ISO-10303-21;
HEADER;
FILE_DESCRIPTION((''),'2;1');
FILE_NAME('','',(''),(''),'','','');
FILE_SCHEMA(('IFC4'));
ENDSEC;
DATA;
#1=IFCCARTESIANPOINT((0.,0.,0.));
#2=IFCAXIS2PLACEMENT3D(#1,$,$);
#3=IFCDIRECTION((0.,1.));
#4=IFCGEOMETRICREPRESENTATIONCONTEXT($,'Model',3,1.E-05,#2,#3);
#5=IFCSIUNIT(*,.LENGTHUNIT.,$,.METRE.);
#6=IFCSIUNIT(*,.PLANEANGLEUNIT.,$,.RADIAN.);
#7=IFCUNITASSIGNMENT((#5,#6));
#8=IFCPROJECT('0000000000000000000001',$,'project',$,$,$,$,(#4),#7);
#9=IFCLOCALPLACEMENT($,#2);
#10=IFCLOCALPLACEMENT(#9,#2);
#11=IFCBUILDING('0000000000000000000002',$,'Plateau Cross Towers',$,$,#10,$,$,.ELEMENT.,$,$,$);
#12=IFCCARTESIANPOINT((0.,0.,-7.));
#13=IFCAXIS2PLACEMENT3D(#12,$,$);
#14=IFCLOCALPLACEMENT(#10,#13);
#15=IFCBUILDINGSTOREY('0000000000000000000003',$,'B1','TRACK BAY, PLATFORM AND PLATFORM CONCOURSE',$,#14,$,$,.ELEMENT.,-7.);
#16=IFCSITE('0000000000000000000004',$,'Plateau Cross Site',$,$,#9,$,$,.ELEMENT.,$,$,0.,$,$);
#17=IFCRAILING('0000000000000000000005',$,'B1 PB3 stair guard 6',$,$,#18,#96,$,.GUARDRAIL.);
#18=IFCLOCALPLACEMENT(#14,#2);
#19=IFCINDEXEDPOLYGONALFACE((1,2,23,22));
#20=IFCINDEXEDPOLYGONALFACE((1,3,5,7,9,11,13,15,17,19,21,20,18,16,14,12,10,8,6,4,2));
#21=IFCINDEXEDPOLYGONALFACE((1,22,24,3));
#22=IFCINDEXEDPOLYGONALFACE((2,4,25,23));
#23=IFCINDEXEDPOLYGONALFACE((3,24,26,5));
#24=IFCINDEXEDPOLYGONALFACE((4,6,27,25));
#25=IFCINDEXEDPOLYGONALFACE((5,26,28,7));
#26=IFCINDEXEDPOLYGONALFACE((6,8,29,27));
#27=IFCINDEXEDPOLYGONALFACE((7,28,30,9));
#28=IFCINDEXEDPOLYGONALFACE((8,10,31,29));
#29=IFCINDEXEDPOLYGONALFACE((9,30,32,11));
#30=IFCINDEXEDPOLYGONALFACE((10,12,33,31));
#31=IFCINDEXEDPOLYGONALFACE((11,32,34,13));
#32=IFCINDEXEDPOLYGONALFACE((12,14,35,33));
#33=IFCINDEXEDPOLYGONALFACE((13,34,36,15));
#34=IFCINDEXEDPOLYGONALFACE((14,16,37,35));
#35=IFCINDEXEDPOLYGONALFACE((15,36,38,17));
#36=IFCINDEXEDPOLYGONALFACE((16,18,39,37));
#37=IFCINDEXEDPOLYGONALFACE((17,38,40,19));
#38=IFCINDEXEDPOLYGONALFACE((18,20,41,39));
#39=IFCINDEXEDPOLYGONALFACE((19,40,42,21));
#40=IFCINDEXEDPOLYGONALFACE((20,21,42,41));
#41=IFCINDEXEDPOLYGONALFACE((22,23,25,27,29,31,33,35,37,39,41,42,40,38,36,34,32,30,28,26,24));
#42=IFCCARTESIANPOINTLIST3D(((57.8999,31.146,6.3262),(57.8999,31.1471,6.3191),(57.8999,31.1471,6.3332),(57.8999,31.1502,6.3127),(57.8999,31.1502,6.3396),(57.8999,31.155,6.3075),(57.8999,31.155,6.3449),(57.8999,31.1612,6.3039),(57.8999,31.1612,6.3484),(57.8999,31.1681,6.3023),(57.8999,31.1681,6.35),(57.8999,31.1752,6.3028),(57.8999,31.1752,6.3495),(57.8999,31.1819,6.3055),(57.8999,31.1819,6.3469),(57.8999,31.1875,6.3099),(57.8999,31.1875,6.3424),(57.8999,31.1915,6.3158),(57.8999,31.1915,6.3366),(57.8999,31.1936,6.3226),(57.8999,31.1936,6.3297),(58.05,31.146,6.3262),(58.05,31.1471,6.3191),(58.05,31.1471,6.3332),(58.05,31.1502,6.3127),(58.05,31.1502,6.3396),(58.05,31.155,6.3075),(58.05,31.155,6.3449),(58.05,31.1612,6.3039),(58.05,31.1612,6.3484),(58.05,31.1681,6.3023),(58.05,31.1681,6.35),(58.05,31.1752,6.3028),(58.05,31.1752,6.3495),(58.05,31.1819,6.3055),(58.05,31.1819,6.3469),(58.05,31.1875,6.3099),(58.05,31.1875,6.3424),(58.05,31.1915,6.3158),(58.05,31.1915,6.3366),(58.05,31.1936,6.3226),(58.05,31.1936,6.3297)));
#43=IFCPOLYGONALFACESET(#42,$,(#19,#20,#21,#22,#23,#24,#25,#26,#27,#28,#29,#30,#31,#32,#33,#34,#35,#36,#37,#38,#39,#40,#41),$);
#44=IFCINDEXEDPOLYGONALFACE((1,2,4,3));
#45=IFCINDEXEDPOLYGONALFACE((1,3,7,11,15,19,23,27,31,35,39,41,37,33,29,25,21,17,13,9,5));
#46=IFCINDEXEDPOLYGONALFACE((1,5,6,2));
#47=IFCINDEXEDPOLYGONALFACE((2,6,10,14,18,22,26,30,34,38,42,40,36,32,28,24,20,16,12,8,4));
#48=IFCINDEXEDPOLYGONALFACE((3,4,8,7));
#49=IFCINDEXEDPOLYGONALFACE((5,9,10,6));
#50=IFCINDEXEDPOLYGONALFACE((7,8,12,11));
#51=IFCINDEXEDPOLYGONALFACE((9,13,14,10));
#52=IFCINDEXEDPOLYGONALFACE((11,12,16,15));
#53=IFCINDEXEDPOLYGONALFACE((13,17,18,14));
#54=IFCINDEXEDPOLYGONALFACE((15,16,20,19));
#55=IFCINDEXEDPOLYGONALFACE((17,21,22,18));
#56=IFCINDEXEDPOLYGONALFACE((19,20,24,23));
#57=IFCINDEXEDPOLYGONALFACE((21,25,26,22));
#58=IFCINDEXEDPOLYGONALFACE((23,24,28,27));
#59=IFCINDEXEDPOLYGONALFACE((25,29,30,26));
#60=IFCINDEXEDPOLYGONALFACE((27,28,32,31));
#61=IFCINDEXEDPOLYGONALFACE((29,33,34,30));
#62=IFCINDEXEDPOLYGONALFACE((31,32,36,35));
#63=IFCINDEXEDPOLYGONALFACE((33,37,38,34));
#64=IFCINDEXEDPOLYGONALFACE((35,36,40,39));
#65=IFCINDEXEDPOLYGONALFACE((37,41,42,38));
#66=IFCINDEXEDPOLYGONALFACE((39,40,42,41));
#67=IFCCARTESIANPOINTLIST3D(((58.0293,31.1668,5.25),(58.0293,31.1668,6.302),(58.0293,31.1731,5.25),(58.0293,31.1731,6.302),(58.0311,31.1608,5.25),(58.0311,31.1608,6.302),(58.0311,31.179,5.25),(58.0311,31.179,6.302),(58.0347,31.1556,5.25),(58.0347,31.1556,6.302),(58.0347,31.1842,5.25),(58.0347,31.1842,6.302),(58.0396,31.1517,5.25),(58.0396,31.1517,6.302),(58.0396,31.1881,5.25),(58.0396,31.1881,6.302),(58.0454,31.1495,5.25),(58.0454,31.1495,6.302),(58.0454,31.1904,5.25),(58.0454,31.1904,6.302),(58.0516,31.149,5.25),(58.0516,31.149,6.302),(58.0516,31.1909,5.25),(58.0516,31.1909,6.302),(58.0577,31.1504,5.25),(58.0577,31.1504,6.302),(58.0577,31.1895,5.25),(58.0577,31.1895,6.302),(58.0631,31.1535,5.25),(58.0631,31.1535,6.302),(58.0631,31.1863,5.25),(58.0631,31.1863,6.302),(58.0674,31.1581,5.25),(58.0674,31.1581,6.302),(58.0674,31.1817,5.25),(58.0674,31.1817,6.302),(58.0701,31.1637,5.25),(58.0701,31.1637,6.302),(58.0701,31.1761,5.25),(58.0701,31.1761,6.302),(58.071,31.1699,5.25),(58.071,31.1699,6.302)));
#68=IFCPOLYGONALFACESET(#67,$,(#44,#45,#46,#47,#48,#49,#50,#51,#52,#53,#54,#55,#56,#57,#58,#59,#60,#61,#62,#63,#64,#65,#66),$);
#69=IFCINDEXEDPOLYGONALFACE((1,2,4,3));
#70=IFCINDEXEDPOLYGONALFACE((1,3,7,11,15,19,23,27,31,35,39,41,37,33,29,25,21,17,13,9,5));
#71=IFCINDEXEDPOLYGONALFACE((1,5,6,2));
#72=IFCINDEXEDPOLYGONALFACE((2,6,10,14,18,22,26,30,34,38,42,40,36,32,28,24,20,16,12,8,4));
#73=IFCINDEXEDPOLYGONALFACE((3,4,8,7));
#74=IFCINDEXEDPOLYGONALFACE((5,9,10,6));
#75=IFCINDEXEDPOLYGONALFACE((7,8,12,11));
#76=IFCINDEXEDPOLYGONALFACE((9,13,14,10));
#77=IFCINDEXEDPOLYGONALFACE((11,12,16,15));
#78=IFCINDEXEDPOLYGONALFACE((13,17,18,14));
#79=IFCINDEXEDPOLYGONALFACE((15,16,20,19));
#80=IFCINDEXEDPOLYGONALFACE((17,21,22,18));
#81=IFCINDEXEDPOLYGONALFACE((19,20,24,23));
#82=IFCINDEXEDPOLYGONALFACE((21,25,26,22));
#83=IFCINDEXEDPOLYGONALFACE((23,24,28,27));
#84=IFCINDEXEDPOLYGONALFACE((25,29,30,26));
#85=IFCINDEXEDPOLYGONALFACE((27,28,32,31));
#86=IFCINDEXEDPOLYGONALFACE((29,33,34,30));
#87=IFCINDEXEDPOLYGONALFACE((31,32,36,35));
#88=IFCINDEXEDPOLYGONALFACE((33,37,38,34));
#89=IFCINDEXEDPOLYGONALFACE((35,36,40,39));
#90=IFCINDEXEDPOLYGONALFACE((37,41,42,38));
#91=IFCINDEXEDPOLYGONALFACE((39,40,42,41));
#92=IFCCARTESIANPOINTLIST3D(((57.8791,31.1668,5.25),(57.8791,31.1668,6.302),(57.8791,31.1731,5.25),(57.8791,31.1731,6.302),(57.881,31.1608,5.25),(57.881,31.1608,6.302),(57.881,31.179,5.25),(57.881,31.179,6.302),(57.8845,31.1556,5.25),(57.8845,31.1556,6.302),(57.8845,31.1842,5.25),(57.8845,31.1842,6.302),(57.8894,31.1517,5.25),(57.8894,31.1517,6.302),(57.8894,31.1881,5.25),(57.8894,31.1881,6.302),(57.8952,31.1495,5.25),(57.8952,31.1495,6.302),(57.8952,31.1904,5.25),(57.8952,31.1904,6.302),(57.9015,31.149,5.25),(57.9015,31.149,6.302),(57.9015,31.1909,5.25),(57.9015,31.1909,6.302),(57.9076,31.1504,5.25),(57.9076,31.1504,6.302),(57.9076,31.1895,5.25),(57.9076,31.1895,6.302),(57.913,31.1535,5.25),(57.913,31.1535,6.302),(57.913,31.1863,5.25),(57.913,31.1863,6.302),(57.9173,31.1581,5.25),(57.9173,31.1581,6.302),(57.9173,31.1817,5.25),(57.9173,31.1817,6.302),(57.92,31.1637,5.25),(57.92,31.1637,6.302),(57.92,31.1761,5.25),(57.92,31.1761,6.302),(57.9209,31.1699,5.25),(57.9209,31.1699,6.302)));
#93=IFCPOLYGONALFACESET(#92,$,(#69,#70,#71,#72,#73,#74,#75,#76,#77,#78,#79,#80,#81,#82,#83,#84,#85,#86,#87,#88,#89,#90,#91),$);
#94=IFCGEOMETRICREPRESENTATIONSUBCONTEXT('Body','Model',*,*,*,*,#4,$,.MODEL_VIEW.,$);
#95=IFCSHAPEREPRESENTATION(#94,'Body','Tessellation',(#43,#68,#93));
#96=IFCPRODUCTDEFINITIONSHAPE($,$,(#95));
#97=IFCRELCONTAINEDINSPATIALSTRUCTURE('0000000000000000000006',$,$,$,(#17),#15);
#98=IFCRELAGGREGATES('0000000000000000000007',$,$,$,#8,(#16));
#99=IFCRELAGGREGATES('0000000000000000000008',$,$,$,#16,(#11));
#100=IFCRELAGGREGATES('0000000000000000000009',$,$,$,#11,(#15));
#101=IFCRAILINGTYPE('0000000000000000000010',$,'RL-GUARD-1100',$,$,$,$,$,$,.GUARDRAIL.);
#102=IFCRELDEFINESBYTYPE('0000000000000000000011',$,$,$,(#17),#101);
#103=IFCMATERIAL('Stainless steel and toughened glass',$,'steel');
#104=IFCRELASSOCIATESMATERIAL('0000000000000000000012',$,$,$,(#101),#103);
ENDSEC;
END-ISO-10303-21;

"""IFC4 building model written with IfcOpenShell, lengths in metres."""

from ifc_helpers import new_model, si_unit, direction, frame, origin, origin_2d, place, context, subcontext, project, spatial, circle, extrude, material, type_object, element, save


model = new_model("IFC4")

# Units and contexts
model_context = context("Model", 3, precision=1e-05, world=origin(), true_north=direction((0.0, 1.0)))
body_context = subcontext(model_context, "Body", "Model", "MODEL_VIEW")
ifc_project = project(units=[si_unit("LENGTHUNIT", "METRE"), si_unit("PLANEANGLEUNIT", "RADIAN")], contexts=[model_context])

# Site, building, storey
site_placement = place(None, origin())
site = spatial("IfcSite", under=ifc_project, at=site_placement, Name="Plateau Cross Site", CompositionType="ELEMENT", RefElevation=0.0)
building_placement = place(site_placement, origin())
building = spatial("IfcBuilding", under=site, at=building_placement, Name="Plateau Cross Towers", CompositionType="ELEMENT")
storey_placement = place(building_placement, frame((0.0, 0.0, -7.0)))
storey = spatial("IfcBuildingStorey", under=building, at=storey_placement, Name="B1", Description="TRACK BAY, PLATFORM AND PLATFORM CONCOURSE", CompositionType="ELEMENT", Elevation=-7.0)

# Railing
ifc_material_1 = material(Name="Stainless steel and toughened glass", Category="steel")
railing_type_1 = type_object("IfcRailingType", Name="RL-GUARD-1100", PredefinedType="GUARDRAIL", material=ifc_material_1)
railing_1_placement = place(storey_placement, frame((58.05, 31.1699, 5.25)))
element("IfcRailing", 1, at=railing_1_placement, inside=storey, type_object=railing_type_1, Name="B1 PB3 stair guard 6", PredefinedType="GUARDRAIL", context=body_context, shape_type="SweptSolid", body=[
    extrude(circle(Radius=0.0239, at=origin_2d()), frame((0.0, 0.0, 1.0762), z_axis=(-1.0, 0.0, 0.0), x_axis=(0.0, -1.0, 0.0)), (0.0, 0.0, 1.0), 0.1501),
    extrude(circle(Radius=0.021, at=origin_2d()), origin(), (0.0, 0.0, 1.0), 1.052),
    extrude(circle(Radius=0.021, at=origin_2d()), frame((-0.1501, 0.0, 0.0)), (0.0, 0.0, 1.0), 1.052),
])

save(model, "model.ifc")
